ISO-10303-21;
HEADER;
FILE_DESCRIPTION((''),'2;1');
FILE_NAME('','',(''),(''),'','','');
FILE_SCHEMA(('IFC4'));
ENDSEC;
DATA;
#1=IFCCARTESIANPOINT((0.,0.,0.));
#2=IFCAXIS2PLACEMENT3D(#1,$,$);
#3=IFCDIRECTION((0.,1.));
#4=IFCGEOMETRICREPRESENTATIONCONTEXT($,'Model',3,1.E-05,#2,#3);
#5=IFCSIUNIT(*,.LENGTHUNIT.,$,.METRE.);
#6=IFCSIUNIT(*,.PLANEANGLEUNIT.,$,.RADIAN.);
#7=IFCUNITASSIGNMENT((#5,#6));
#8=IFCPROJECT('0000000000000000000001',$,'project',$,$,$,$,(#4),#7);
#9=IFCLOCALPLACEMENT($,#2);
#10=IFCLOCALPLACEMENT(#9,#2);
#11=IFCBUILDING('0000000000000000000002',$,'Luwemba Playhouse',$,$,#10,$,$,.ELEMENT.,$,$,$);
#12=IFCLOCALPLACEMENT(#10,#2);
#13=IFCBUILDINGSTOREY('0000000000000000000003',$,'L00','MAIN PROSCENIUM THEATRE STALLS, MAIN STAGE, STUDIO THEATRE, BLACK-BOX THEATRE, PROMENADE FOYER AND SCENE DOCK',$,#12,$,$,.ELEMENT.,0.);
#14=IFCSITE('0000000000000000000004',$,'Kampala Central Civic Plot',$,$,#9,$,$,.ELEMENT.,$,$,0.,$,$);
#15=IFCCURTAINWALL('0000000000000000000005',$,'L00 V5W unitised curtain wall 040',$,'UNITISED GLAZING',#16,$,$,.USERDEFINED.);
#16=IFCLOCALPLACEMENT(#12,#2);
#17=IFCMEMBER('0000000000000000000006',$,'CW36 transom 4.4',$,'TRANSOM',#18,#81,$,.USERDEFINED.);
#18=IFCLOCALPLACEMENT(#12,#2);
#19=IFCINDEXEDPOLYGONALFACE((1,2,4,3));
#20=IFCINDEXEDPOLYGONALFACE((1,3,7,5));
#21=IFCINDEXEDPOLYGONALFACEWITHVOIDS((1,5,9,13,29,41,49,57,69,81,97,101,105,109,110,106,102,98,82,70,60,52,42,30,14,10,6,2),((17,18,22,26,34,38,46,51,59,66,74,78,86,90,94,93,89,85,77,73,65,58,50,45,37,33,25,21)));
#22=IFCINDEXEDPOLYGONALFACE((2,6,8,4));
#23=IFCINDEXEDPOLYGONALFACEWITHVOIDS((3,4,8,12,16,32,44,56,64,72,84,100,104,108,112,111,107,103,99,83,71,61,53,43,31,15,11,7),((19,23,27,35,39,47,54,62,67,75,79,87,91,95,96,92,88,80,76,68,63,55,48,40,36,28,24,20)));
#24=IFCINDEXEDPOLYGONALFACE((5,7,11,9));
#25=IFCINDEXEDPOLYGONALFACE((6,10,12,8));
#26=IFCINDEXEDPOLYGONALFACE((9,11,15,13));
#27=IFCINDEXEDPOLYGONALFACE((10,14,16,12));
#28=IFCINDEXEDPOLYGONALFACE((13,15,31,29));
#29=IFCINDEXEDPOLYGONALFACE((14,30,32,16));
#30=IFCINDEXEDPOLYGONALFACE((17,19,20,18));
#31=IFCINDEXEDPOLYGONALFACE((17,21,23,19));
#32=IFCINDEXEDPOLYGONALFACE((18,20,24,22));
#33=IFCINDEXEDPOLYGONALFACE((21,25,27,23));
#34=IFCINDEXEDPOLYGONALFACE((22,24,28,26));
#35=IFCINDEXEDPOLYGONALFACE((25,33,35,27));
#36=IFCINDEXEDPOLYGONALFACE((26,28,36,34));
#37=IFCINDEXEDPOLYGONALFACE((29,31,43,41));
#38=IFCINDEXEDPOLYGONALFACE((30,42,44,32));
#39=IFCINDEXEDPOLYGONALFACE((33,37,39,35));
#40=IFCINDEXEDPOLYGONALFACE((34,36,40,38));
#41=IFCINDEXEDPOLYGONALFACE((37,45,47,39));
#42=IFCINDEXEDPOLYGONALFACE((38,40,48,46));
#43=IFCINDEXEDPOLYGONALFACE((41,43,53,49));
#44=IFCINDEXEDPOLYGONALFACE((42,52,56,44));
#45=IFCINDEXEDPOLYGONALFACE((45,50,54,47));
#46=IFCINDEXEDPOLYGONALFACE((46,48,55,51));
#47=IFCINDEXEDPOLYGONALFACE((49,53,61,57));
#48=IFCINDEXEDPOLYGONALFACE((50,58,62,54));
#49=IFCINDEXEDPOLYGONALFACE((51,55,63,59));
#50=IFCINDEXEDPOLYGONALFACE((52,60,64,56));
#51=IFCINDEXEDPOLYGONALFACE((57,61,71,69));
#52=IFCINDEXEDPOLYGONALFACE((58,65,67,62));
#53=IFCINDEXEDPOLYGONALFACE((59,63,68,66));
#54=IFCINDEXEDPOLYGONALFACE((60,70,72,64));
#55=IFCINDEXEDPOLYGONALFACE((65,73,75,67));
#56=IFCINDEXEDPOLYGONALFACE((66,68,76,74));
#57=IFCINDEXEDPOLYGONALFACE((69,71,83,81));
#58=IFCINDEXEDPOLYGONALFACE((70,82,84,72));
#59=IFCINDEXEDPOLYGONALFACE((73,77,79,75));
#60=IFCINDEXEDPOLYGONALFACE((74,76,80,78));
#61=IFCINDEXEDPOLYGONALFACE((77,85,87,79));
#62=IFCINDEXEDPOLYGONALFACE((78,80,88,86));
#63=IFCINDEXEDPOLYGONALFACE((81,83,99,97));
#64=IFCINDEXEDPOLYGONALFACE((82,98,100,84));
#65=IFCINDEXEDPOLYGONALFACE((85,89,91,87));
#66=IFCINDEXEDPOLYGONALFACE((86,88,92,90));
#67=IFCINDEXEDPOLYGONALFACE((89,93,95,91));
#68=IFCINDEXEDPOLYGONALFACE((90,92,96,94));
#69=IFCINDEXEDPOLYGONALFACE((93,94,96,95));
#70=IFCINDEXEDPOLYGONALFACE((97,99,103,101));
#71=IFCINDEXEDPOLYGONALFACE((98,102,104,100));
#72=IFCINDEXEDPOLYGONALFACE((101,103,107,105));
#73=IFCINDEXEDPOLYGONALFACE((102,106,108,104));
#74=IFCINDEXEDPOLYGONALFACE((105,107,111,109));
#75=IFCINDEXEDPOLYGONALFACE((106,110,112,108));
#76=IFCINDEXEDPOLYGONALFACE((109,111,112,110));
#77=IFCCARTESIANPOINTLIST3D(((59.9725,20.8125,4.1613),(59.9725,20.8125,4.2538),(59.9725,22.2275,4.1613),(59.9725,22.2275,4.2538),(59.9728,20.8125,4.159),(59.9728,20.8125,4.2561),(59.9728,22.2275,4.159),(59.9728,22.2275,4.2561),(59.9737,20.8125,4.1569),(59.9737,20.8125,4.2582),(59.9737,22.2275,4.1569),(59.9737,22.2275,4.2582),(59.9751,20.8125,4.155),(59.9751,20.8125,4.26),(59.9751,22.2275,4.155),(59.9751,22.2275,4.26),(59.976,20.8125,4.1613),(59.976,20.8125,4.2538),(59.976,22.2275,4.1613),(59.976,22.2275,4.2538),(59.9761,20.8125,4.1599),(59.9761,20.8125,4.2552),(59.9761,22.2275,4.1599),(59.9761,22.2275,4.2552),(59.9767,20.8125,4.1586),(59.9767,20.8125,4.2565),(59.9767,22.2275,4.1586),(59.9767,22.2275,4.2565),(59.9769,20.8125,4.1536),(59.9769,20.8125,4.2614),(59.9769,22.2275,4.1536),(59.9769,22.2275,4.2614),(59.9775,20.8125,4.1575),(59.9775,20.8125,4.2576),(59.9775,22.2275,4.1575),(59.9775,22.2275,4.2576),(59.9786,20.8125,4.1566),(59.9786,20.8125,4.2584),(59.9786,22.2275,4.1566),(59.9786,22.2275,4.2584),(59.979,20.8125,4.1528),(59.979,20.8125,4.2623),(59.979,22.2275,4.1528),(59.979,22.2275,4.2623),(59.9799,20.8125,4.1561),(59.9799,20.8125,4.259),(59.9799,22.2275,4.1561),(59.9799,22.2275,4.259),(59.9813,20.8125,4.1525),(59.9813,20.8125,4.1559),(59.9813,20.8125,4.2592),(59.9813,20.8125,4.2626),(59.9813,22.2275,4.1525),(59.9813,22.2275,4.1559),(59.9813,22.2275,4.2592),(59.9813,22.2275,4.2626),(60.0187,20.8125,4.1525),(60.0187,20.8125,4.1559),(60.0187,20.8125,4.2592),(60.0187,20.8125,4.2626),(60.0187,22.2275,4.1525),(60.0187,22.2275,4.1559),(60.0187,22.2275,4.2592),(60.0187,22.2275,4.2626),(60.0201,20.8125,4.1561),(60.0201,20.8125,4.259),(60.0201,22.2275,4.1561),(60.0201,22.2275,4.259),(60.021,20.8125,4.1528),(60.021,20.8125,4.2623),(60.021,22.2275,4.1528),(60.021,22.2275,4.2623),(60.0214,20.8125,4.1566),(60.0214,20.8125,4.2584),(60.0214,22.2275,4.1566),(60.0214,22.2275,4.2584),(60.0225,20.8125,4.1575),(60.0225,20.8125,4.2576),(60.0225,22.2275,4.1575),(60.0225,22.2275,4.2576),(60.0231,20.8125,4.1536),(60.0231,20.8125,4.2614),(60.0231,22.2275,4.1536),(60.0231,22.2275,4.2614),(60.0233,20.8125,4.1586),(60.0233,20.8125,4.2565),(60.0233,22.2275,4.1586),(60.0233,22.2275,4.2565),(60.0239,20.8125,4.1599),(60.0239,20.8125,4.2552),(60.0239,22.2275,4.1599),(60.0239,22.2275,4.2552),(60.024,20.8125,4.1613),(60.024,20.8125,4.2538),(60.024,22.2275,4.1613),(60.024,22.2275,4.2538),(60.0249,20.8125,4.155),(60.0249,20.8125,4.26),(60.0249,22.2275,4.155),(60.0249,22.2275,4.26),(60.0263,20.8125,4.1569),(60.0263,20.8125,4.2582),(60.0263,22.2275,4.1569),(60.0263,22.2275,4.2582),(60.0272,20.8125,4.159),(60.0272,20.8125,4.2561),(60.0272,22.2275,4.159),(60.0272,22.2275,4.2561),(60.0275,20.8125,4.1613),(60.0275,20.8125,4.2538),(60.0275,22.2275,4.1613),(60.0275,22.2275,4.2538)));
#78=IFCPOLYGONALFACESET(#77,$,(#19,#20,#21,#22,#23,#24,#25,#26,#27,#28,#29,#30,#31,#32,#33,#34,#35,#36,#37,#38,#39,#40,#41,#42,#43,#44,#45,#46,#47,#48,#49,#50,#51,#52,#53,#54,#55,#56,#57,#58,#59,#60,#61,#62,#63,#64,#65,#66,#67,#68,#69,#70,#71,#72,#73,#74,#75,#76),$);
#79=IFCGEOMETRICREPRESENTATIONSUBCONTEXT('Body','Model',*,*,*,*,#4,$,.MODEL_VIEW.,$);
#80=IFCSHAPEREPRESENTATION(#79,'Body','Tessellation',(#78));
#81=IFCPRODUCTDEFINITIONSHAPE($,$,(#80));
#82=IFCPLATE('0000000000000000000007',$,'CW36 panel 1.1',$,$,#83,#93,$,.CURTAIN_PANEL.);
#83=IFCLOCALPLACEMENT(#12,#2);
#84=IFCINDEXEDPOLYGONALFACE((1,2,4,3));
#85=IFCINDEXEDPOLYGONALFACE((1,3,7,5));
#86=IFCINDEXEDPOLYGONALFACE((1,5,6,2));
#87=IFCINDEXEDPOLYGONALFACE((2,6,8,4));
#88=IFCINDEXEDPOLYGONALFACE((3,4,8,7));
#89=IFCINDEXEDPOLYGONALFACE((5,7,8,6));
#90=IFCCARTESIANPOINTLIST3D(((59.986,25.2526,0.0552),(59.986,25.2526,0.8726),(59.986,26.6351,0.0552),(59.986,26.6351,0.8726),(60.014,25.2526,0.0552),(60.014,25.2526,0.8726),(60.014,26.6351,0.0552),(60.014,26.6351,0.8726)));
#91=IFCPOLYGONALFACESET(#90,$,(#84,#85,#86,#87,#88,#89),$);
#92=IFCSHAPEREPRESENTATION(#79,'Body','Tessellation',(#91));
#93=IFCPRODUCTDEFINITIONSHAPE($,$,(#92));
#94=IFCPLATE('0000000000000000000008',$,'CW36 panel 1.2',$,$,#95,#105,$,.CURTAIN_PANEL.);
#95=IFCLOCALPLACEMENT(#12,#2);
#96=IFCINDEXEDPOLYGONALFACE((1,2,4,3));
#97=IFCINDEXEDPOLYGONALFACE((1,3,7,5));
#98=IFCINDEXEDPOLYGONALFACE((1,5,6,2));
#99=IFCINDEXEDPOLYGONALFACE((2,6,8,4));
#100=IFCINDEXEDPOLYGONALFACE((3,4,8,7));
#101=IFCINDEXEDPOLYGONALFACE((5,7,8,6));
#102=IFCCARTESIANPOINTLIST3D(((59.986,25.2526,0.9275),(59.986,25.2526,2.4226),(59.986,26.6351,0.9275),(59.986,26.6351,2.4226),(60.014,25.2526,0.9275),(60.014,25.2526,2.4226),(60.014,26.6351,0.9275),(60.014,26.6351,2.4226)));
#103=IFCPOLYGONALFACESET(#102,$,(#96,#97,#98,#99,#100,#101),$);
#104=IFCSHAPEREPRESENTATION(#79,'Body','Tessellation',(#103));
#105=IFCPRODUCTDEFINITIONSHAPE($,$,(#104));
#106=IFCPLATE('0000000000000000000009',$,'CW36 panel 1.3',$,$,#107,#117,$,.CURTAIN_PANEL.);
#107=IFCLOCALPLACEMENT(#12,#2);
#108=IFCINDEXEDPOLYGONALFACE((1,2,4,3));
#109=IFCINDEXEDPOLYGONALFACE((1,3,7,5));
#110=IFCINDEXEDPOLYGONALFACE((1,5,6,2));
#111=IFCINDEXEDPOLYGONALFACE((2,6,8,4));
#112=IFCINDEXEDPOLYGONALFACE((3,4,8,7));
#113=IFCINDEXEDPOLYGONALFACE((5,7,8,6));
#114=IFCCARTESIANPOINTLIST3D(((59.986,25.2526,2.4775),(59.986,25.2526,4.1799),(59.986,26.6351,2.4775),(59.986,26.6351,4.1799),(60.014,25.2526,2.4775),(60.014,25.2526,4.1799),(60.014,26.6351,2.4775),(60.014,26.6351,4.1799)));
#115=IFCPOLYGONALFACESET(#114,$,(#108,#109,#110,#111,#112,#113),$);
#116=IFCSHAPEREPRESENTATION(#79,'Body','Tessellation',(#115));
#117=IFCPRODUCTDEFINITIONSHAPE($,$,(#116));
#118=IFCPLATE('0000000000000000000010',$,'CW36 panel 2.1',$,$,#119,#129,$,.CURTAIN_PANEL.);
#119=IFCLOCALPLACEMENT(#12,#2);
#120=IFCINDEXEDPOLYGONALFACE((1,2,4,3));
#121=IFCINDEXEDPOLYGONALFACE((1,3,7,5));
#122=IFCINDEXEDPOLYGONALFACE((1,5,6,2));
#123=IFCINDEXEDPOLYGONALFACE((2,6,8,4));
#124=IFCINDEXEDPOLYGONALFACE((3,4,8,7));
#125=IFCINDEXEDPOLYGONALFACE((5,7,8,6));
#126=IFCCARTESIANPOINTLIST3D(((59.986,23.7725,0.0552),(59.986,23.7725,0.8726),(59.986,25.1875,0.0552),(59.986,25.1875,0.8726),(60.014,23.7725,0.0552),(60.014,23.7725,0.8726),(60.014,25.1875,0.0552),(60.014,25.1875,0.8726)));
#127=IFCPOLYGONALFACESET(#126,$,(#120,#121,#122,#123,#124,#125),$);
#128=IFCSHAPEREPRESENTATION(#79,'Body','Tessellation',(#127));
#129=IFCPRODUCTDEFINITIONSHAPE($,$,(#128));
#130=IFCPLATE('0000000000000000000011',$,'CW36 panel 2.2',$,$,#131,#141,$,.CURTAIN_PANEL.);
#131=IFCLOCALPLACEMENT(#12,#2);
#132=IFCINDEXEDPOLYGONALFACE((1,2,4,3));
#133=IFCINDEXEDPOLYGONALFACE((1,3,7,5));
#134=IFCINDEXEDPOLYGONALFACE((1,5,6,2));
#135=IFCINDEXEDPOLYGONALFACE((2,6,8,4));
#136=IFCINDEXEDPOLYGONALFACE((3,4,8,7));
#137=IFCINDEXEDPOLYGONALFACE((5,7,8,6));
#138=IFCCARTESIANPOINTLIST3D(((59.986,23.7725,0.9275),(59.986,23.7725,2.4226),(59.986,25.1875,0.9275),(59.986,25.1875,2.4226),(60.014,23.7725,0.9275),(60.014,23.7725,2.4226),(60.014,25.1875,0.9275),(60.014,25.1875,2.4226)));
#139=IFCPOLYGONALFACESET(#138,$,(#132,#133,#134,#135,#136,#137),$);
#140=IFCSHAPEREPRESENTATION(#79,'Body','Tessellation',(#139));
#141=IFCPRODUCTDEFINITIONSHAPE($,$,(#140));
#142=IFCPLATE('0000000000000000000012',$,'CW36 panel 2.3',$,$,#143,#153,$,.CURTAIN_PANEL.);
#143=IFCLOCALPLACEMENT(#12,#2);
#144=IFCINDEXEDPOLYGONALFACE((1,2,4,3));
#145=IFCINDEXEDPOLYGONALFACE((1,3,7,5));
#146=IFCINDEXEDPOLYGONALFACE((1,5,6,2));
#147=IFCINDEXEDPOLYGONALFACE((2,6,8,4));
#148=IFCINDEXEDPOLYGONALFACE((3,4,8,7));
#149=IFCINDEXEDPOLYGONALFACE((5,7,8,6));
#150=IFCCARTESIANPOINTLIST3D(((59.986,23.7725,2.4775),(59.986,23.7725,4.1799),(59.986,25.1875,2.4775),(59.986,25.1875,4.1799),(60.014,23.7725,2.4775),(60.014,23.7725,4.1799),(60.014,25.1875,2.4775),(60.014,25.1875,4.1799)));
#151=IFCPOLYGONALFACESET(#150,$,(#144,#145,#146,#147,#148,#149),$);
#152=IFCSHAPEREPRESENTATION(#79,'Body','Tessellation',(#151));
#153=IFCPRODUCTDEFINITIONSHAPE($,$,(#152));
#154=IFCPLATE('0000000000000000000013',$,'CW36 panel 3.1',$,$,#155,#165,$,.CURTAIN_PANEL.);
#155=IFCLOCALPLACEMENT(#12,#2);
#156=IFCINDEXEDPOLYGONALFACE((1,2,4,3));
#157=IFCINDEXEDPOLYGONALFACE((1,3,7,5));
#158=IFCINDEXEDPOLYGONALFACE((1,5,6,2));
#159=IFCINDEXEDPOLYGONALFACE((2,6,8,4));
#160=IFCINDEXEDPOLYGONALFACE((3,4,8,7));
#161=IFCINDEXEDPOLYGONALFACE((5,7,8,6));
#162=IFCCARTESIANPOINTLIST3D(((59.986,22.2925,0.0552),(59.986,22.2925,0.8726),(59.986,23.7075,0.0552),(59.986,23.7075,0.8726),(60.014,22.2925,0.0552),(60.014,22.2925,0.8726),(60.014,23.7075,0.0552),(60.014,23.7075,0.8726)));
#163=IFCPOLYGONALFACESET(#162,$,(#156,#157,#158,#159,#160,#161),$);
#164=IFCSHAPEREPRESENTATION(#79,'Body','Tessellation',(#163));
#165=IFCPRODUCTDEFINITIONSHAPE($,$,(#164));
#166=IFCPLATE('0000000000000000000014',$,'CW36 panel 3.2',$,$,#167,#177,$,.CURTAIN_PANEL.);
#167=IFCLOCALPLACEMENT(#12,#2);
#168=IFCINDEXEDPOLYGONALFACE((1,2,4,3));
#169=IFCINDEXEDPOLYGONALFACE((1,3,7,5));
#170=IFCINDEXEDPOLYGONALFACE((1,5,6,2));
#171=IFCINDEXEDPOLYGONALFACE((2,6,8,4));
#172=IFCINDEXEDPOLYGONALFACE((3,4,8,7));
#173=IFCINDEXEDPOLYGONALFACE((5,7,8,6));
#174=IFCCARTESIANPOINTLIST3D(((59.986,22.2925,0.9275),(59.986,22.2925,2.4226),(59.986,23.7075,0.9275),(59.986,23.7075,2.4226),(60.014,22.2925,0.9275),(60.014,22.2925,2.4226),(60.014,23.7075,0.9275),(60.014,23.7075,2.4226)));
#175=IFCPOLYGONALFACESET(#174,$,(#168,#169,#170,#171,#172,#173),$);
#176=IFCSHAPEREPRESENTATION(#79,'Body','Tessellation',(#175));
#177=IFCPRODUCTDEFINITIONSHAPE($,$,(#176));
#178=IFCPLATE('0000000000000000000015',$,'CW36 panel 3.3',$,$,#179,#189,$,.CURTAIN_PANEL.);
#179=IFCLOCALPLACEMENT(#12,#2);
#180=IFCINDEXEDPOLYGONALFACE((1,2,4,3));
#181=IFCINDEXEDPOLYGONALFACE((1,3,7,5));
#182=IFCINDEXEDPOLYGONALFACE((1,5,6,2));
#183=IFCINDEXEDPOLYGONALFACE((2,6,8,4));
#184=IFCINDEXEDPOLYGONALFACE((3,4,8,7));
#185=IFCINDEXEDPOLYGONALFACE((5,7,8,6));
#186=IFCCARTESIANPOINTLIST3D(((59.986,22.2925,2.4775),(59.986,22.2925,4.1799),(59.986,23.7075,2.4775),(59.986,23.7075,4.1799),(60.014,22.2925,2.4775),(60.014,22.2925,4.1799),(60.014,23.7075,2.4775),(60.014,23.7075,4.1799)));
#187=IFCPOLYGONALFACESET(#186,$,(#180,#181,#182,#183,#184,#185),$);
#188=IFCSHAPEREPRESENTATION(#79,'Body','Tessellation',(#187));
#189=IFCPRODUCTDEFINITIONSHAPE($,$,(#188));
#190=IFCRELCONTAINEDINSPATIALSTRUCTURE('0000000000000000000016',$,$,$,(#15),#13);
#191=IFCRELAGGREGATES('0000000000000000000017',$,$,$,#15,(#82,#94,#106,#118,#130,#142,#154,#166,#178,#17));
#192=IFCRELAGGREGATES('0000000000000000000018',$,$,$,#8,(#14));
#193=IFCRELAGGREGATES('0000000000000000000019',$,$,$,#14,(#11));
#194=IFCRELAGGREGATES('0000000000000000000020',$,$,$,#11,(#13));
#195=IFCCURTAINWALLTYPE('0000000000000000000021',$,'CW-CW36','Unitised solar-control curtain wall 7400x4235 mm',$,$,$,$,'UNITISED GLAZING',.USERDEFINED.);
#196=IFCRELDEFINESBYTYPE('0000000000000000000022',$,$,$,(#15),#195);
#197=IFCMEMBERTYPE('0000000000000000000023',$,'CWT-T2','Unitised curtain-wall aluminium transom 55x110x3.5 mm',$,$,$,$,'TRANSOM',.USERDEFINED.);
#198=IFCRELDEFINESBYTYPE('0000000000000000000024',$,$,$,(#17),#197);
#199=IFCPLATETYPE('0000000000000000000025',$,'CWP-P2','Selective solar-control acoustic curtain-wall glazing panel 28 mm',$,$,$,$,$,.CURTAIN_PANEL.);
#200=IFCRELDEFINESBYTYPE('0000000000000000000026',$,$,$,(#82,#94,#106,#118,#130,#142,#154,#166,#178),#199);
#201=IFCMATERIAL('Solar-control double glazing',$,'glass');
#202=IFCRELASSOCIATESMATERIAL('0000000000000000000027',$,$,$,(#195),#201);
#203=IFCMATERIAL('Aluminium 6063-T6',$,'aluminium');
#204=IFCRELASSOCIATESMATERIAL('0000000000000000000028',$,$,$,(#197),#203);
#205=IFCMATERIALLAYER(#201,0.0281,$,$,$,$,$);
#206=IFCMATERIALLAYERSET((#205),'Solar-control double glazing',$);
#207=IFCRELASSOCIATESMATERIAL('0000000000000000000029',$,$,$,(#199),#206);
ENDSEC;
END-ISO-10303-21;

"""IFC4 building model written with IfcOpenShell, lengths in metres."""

from ifc_helpers import new_model, si_unit, direction, frame, origin, origin_2d, place, context, subcontext, project, spatial, rectangle, hollow_rectangle, extrude, material, layer, layer_set, material_profile, profile_set, type_object, element, aggregate, save


model = new_model("IFC4")

# Units and contexts
model_context = context("Model", 3, precision=1e-05, world=origin(), true_north=direction((0.0, 1.0)))
body_context = subcontext(model_context, "Body", "Model", "MODEL_VIEW")
ifc_project = project(units=[si_unit("LENGTHUNIT", "METRE"), si_unit("PLANEANGLEUNIT", "RADIAN")], contexts=[model_context])

# Site, building, storey
site_placement = place(None, origin())
site = spatial("IfcSite", under=ifc_project, at=site_placement, Name="Kampala Central Civic Plot", CompositionType="ELEMENT", RefElevation=0.0)
building_placement = place(site_placement, origin())
building = spatial("IfcBuilding", under=site, at=building_placement, Name="Luwemba Playhouse", CompositionType="ELEMENT")
storey_placement = place(building_placement, origin())
storey = spatial("IfcBuildingStorey", under=building, at=storey_placement, Name="L00", Description="MAIN PROSCENIUM THEATRE STALLS, MAIN STAGE, STUDIO THEATRE, BLACK-BOX THEATRE, PROMENADE FOYER AND SCENE DOCK", CompositionType="ELEMENT", Elevation=0.0)

# Curtain wall, member, plates
ifc_material_1 = material(Name="Solar-control double glazing", Category="glass")
curtain_wall_type = type_object("IfcCurtainWallType", Name="CW-CW36", Description="Unitised solar-control curtain wall 7400x4235 mm", ElementType="UNITISED GLAZING", PredefinedType="USERDEFINED", material=ifc_material_1)
curtain_wall_placement = place(storey_placement, origin())
curtain_wall = element("IfcCurtainWall", 1, at=curtain_wall_placement, inside=storey, type_object=curtain_wall_type, Name="L00 V5W unitised curtain wall 040", ObjectType="UNITISED GLAZING", PredefinedType="USERDEFINED")
ifc_material_2 = material(Name="Aluminium 6063-T6", Category="aluminium")
ifc_material_profile_1 = material_profile(ifc_material_2, hollow_rectangle(XDim=0.0549, YDim=0.1101, WallThickness=0.0034, InnerFilletRadius=0.0054, OuterFilletRadius=0.0088, at=origin_2d()))
ifc_profile_set_1 = profile_set([ifc_material_profile_1], Name="Aluminium 6063-T6")
member_type_1 = type_object("IfcMemberType", Name="CWT-T2", Description="Unitised curtain-wall aluminium transom 55x110x3.5 mm", ElementType="TRANSOM", PredefinedType="USERDEFINED", material=ifc_profile_set_1)
member_1_placement = place(storey_placement, frame((60.0, 22.2275, 4.2075), z_axis=(0.0, -1.0, 0.0), x_axis=(1.0, 0.0, 0.0)))
member_1 = element("IfcMember", 2, at=member_1_placement, type_object=member_type_1, Name="CW36 transom 4.4", ObjectType="TRANSOM", PredefinedType="USERDEFINED", context=body_context, shape_type="SweptSolid", body=[
    extrude(hollow_rectangle(XDim=0.0549, YDim=0.1101, WallThickness=0.0034, InnerFilletRadius=0.0054, OuterFilletRadius=0.0088, at=origin_2d()), origin(), (0.0, 0.0, 1.0), 1.415),
])
ifc_layer = layer(ifc_material_1, 0.0281)
ifc_layer_set = layer_set([ifc_layer], Name="Solar-control double glazing")
plate_type = type_object("IfcPlateType", Name="CWP-P2", Description="Selective solar-control acoustic curtain-wall glazing panel 28 mm", PredefinedType="CURTAIN_PANEL", material=ifc_layer_set)
plate_1_placement = place(storey_placement, frame((60.0, 25.9438, 0.0552), z_axis=(0.0, 0.0, 1.0), x_axis=(0.0, -1.0, 0.0)))
plate_1 = element("IfcPlate", 3, at=plate_1_placement, type_object=plate_type, Name="CW36 panel 1.1", PredefinedType="CURTAIN_PANEL", context=body_context, shape_type="SweptSolid", body=[
    extrude(rectangle(XDim=1.3826, YDim=0.0281, at=origin_2d()), origin(), (0.0, 0.0, 1.0), 0.8174),
])
plate_2_placement = place(storey_placement, frame((60.0, 25.9438, 0.9275), z_axis=(0.0, 0.0, 1.0), x_axis=(0.0, -1.0, 0.0)))
plate_2 = element("IfcPlate", 4, at=plate_2_placement, type_object=plate_type, Name="CW36 panel 1.2", PredefinedType="CURTAIN_PANEL", context=body_context, shape_type="SweptSolid", body=[
    extrude(rectangle(XDim=1.3826, YDim=0.0281, at=origin_2d()), origin(), (0.0, 0.0, 1.0), 1.4951),
])
plate_3_placement = place(storey_placement, frame((60.0, 25.9438, 2.4775), z_axis=(0.0, 0.0, 1.0), x_axis=(0.0, -1.0, 0.0)))
plate_3 = element("IfcPlate", 5, at=plate_3_placement, type_object=plate_type, Name="CW36 panel 1.3", PredefinedType="CURTAIN_PANEL", context=body_context, shape_type="SweptSolid", body=[
    extrude(rectangle(XDim=1.3826, YDim=0.0281, at=origin_2d()), origin(), (0.0, 0.0, 1.0), 1.7024),
])
plate_4_placement = place(storey_placement, frame((60.0, 24.48, 0.0552), z_axis=(0.0, 0.0, 1.0), x_axis=(0.0, -1.0, 0.0)))
plate_4 = element("IfcPlate", 6, at=plate_4_placement, type_object=plate_type, Name="CW36 panel 2.1", PredefinedType="CURTAIN_PANEL", context=body_context, shape_type="SweptSolid", body=[
    extrude(rectangle(XDim=1.415, YDim=0.0281, at=origin_2d()), origin(), (0.0, 0.0, 1.0), 0.8174),
])
plate_5_placement = place(storey_placement, frame((60.0, 24.48, 0.9275), z_axis=(0.0, 0.0, 1.0), x_axis=(0.0, -1.0, 0.0)))
plate_5 = element("IfcPlate", 7, at=plate_5_placement, type_object=plate_type, Name="CW36 panel 2.2", PredefinedType="CURTAIN_PANEL", context=body_context, shape_type="SweptSolid", body=[
    extrude(rectangle(XDim=1.415, YDim=0.0281, at=origin_2d()), origin(), (0.0, 0.0, 1.0), 1.4951),
])
plate_6_placement = place(storey_placement, frame((60.0, 24.48, 2.4775), z_axis=(0.0, 0.0, 1.0), x_axis=(0.0, -1.0, 0.0)))
plate_6 = element("IfcPlate", 8, at=plate_6_placement, type_object=plate_type, Name="CW36 panel 2.3", PredefinedType="CURTAIN_PANEL", context=body_context, shape_type="SweptSolid", body=[
    extrude(rectangle(XDim=1.415, YDim=0.0281, at=origin_2d()), origin(), (0.0, 0.0, 1.0), 1.7024),
])
plate_7_placement = place(storey_placement, frame((60.0, 23.0, 0.0552), z_axis=(0.0, 0.0, 1.0), x_axis=(0.0, -1.0, 0.0)))
plate_7 = element("IfcPlate", 9, at=plate_7_placement, type_object=plate_type, Name="CW36 panel 3.1", PredefinedType="CURTAIN_PANEL", context=body_context, shape_type="SweptSolid", body=[
    extrude(rectangle(XDim=1.415, YDim=0.0281, at=origin_2d()), origin(), (0.0, 0.0, 1.0), 0.8174),
])
plate_8_placement = place(storey_placement, frame((60.0, 23.0, 0.9275), z_axis=(0.0, 0.0, 1.0), x_axis=(0.0, -1.0, 0.0)))
plate_8 = element("IfcPlate", 10, at=plate_8_placement, type_object=plate_type, Name="CW36 panel 3.2", PredefinedType="CURTAIN_PANEL", context=body_context, shape_type="SweptSolid", body=[
    extrude(rectangle(XDim=1.415, YDim=0.0281, at=origin_2d()), origin(), (0.0, 0.0, 1.0), 1.4951),
])
plate_9_placement = place(storey_placement, frame((60.0, 23.0, 2.4775), z_axis=(0.0, 0.0, 1.0), x_axis=(0.0, -1.0, 0.0)))
plate_9 = element("IfcPlate", 11, at=plate_9_placement, type_object=plate_type, Name="CW36 panel 3.3", PredefinedType="CURTAIN_PANEL", context=body_context, shape_type="SweptSolid", body=[
    extrude(rectangle(XDim=1.415, YDim=0.0281, at=origin_2d()), origin(), (0.0, 0.0, 1.0), 1.7024),
])
aggregate(curtain_wall, [plate_1, plate_2, plate_3, plate_4, plate_5, plate_6, plate_7, plate_8, plate_9, member_1])

save(model, "model.ifc")
